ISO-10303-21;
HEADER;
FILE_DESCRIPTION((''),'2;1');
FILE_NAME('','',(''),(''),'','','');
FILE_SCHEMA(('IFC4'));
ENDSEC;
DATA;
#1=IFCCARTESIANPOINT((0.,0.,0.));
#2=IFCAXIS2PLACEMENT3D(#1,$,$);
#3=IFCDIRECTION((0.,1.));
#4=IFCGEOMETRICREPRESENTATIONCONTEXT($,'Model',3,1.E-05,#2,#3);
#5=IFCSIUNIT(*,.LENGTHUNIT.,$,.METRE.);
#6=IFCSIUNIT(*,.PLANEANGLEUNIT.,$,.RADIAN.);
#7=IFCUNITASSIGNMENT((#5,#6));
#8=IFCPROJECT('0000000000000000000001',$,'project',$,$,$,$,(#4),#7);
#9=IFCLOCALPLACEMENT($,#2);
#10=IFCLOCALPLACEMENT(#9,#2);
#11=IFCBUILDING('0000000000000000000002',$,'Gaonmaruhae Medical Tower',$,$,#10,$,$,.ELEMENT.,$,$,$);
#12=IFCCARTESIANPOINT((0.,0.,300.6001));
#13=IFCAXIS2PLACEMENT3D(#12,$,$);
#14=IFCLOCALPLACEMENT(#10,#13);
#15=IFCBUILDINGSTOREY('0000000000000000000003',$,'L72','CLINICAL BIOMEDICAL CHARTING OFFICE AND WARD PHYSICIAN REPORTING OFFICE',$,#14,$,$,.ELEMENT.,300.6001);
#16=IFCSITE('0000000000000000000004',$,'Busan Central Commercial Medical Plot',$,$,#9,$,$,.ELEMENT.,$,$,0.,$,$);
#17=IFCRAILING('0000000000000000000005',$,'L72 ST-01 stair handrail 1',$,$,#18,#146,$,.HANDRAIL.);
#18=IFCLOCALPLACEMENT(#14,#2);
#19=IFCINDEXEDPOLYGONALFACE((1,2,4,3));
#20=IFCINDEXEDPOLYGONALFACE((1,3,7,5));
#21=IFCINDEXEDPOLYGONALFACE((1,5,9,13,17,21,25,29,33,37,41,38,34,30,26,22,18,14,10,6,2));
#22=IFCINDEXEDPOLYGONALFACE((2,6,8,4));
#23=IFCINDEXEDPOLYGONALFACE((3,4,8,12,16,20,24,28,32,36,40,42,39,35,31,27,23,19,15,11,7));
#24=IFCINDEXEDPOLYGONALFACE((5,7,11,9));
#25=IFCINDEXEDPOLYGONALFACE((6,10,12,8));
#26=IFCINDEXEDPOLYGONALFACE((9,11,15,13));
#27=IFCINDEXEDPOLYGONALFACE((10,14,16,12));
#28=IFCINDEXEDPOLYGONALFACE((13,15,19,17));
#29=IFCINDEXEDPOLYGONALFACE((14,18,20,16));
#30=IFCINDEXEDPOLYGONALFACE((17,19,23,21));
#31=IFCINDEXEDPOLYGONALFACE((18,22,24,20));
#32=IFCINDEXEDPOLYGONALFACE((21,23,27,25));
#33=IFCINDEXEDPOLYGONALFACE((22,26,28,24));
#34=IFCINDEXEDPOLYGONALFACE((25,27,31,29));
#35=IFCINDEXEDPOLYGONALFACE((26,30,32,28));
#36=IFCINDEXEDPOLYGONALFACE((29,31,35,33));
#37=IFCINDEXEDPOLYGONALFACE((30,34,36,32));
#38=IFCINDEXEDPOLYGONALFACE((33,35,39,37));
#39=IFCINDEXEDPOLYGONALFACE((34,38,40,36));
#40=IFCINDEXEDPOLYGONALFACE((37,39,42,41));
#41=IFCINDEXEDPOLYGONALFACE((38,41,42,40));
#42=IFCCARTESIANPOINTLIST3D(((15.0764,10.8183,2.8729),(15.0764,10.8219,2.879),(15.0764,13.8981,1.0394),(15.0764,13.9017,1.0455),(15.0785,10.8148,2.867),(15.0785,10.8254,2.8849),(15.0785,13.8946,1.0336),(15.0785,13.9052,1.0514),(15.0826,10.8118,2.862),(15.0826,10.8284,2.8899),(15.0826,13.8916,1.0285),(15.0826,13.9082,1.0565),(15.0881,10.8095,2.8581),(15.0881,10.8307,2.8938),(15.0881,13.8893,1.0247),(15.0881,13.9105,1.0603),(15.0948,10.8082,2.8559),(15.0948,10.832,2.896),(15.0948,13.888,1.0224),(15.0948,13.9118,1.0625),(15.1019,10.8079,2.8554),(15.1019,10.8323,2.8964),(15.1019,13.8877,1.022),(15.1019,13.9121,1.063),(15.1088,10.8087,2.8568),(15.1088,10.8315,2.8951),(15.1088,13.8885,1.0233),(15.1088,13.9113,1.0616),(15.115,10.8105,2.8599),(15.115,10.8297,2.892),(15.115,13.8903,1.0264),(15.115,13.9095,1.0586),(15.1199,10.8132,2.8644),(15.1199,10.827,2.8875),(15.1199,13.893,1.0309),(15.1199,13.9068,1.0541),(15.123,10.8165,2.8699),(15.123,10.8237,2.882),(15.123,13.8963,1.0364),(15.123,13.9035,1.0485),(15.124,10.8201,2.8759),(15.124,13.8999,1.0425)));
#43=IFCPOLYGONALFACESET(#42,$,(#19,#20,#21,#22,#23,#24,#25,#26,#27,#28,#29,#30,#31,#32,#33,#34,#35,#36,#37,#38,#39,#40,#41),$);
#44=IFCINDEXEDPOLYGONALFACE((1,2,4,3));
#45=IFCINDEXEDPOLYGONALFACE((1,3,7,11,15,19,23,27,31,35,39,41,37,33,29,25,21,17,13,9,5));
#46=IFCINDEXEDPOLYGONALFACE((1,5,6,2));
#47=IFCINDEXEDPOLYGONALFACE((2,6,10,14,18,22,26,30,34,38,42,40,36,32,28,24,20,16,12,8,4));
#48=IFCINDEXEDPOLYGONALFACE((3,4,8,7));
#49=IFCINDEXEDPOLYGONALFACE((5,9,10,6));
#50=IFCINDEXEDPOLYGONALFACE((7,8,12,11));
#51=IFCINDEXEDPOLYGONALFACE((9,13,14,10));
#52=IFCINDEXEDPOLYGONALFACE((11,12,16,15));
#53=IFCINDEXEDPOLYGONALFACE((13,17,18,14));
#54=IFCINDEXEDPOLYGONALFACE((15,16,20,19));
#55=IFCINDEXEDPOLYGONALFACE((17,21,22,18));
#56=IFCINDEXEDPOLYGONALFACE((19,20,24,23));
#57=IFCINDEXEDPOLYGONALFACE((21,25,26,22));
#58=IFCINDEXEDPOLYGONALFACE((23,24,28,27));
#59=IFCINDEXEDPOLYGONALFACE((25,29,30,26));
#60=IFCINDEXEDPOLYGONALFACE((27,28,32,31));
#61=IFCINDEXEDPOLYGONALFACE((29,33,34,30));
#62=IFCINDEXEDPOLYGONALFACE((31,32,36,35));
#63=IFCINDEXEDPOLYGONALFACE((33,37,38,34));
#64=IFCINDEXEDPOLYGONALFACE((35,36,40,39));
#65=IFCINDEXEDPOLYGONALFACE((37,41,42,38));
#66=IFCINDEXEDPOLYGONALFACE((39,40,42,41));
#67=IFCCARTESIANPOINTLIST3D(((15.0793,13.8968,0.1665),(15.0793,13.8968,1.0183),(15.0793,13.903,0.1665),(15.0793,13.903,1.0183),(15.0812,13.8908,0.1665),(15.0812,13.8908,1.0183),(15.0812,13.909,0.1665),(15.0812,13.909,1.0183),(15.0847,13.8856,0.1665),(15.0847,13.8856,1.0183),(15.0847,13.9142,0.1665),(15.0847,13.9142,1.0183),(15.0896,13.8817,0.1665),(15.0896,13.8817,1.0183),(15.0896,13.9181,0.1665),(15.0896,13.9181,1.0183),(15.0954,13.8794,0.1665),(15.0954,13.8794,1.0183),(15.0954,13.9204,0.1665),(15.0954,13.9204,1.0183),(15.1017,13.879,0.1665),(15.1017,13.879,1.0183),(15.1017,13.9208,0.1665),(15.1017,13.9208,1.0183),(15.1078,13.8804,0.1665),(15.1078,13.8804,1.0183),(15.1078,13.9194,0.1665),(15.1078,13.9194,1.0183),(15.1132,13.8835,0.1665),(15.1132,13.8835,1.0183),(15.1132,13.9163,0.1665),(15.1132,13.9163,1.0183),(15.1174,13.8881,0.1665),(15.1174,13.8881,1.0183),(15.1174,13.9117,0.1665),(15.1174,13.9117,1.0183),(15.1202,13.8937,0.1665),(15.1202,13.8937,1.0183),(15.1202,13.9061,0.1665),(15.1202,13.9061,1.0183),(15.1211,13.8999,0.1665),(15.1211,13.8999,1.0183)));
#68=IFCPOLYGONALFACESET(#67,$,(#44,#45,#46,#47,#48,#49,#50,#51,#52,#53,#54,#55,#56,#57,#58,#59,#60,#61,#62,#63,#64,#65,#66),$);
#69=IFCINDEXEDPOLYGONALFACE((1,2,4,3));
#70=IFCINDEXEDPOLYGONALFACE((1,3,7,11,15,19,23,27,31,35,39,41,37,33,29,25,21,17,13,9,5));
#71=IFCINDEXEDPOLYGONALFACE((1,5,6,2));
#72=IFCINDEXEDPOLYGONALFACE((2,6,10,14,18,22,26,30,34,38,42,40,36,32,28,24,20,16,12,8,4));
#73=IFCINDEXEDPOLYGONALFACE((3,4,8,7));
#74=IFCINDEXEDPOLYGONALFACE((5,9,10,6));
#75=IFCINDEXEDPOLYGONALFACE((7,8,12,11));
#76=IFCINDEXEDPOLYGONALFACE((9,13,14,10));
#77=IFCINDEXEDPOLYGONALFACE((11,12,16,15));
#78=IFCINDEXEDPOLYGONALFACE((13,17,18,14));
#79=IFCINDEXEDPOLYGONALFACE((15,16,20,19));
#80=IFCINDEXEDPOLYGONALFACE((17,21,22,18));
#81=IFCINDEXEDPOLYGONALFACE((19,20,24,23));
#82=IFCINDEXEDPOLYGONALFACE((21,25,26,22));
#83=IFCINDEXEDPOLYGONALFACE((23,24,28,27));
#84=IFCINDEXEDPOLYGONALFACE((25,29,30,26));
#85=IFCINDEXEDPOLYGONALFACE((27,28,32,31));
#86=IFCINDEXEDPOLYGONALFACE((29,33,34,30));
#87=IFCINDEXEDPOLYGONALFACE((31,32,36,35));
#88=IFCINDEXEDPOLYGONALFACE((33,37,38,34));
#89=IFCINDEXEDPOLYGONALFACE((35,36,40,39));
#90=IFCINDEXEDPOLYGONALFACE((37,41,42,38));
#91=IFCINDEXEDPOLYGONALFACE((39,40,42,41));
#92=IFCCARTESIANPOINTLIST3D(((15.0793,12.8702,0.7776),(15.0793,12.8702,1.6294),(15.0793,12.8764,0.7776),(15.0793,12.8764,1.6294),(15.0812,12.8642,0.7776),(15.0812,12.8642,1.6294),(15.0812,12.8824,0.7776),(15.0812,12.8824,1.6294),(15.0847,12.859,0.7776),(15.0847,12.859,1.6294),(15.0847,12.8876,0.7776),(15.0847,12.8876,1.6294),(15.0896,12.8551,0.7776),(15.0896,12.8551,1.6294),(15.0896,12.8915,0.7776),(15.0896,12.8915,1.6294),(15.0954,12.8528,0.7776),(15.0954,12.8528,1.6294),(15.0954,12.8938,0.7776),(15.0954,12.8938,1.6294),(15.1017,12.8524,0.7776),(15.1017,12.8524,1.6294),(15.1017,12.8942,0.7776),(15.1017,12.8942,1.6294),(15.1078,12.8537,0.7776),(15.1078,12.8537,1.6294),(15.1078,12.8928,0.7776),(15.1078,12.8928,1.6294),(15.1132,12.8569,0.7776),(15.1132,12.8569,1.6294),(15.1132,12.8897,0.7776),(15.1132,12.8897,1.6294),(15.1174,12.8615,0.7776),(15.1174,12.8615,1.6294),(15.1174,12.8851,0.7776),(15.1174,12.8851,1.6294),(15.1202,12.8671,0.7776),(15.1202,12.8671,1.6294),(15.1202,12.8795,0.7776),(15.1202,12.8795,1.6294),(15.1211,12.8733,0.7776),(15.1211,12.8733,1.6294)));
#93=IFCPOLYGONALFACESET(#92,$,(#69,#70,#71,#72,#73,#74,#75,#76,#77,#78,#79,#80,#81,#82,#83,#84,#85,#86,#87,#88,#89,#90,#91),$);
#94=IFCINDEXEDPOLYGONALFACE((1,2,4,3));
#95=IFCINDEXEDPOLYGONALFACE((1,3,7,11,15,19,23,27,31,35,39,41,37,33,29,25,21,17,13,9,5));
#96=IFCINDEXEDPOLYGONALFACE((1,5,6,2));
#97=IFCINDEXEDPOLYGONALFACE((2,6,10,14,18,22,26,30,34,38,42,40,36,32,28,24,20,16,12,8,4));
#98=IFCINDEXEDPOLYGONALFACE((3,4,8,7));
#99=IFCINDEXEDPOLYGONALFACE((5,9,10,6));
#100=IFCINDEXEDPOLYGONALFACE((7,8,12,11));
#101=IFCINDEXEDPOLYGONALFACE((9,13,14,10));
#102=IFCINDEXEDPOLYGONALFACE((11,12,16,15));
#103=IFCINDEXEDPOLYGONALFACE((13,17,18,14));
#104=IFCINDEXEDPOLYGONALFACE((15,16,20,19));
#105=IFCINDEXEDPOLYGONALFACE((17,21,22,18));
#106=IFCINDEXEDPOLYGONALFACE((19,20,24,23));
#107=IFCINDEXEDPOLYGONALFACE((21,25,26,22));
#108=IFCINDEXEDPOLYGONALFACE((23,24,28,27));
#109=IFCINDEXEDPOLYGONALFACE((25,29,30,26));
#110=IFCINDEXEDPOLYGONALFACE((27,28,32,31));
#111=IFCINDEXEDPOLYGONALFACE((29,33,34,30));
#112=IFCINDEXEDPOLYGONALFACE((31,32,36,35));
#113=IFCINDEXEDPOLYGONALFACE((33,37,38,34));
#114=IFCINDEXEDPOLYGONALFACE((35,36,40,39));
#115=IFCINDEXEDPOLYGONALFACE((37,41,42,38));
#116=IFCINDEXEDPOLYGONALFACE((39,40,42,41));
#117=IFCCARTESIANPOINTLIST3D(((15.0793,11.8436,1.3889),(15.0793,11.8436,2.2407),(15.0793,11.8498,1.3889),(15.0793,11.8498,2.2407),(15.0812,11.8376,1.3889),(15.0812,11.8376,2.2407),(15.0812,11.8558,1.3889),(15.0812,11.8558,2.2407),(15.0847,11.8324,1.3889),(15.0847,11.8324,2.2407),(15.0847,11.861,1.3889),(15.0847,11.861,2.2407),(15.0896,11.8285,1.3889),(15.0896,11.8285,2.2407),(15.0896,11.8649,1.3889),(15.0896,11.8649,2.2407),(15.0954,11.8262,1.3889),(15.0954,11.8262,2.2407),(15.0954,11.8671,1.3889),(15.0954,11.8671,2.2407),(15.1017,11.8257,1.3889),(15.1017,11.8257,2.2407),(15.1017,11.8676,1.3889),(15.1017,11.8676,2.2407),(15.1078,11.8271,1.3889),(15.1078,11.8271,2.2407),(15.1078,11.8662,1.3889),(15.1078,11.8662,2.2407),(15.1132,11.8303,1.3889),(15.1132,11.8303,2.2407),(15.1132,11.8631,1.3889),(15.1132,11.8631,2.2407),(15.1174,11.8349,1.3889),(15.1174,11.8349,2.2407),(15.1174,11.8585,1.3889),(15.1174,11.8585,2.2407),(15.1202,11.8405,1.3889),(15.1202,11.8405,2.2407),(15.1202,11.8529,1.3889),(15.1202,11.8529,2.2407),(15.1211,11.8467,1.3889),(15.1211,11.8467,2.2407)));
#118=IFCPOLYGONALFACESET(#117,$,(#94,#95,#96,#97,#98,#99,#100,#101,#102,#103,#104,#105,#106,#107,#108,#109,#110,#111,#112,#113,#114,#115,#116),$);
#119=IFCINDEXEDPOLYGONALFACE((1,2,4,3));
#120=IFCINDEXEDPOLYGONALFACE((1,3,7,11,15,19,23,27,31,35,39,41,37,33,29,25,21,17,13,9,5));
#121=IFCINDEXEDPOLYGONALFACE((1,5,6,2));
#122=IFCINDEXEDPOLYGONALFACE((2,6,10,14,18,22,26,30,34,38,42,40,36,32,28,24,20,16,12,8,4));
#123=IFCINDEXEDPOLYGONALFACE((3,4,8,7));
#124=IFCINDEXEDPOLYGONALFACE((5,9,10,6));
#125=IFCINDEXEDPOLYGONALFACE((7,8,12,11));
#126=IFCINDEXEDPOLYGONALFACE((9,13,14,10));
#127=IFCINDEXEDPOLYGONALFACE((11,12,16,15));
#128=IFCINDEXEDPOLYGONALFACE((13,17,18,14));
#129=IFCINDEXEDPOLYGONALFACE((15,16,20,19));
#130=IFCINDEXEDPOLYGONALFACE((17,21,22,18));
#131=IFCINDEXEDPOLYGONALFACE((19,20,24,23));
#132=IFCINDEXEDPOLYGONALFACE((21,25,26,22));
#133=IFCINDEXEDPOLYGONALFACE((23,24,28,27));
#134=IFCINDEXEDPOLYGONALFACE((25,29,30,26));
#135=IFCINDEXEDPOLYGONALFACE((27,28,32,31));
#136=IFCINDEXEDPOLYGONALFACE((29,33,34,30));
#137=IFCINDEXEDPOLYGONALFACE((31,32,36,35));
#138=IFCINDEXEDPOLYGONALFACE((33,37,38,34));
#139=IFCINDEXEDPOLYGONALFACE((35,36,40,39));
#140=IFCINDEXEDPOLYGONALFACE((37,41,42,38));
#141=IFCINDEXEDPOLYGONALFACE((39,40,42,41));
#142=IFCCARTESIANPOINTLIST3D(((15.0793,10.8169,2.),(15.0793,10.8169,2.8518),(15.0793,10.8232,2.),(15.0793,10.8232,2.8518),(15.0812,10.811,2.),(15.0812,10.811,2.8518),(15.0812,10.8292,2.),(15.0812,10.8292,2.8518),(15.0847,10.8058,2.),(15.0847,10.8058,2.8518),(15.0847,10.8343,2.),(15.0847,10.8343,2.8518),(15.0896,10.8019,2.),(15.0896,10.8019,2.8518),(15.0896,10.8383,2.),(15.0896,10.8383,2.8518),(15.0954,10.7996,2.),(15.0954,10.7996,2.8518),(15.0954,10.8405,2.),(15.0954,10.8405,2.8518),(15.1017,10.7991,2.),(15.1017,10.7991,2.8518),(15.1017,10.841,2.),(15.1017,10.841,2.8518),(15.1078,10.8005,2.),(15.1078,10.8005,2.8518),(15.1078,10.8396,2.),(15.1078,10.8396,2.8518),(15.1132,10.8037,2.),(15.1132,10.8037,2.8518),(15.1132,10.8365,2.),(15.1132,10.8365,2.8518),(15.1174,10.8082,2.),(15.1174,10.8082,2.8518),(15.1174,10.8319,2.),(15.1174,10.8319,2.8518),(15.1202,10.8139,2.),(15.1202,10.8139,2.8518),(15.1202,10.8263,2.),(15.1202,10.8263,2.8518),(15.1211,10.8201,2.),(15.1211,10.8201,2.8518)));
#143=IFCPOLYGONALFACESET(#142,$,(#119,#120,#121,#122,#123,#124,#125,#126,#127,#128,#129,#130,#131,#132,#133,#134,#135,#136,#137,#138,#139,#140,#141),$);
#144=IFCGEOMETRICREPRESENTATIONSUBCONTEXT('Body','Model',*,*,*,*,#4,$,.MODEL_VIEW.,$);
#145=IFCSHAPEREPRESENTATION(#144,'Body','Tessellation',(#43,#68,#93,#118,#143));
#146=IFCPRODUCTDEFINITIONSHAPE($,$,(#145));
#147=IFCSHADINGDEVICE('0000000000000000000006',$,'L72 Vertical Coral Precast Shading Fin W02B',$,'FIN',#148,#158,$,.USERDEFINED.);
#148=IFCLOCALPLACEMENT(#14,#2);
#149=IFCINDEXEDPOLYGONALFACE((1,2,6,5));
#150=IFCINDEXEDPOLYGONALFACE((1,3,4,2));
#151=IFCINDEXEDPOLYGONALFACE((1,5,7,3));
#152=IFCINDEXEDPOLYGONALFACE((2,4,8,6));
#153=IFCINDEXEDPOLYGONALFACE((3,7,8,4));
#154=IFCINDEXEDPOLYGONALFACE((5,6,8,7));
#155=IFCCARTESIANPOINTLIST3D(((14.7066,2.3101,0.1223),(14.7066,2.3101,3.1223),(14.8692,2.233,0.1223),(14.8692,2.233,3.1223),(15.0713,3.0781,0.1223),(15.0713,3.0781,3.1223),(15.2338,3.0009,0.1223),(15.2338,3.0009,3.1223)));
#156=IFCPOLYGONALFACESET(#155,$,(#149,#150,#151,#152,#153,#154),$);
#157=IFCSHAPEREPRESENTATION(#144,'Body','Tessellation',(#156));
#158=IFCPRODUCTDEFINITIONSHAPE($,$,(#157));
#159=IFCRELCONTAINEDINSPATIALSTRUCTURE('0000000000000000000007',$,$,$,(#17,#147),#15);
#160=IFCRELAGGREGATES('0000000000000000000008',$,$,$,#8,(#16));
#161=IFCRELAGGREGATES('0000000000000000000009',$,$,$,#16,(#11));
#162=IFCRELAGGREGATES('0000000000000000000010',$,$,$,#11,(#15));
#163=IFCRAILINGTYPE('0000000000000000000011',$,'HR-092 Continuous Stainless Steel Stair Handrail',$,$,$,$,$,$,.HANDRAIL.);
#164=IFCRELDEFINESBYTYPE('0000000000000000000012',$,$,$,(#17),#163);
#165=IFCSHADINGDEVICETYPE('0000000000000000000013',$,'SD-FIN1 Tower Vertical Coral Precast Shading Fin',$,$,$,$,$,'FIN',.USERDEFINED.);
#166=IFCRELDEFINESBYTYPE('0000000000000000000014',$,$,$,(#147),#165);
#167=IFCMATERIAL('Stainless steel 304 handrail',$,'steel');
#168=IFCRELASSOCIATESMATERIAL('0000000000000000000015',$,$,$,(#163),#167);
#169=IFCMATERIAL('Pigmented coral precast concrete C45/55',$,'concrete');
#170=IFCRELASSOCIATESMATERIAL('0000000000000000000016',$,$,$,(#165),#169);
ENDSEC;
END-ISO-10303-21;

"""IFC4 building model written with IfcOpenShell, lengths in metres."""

from ifc_helpers import new_model, si_unit, direction, frame, origin, origin_2d, place, context, subcontext, project, spatial, rectangle, circle, extrude, material, type_object, element, save


model = new_model("IFC4")

# Units and contexts
model_context = context("Model", 3, precision=1e-05, world=origin(), true_north=direction((0.0, 1.0)))
body_context = subcontext(model_context, "Body", "Model", "MODEL_VIEW")
ifc_project = project(units=[si_unit("LENGTHUNIT", "METRE"), si_unit("PLANEANGLEUNIT", "RADIAN")], contexts=[model_context])

# Site, building, storey
site_placement = place(None, origin())
site = spatial("IfcSite", under=ifc_project, at=site_placement, Name="Busan Central Commercial Medical Plot", CompositionType="ELEMENT", RefElevation=0.0)
building_placement = place(site_placement, origin())
building = spatial("IfcBuilding", under=site, at=building_placement, Name="Gaonmaruhae Medical Tower", CompositionType="ELEMENT")
storey_placement = place(building_placement, frame((0.0, 0.0, 300.6001)))
storey = spatial("IfcBuildingStorey", under=building, at=storey_placement, Name="L72", Description="CLINICAL BIOMEDICAL CHARTING OFFICE AND WARD PHYSICIAN REPORTING OFFICE", CompositionType="ELEMENT", Elevation=300.6001)

# Railing
ifc_material_1 = material(Name="Stainless steel 304 handrail", Category="steel")
railing_type_1 = type_object("IfcRailingType", Name="HR-092 Continuous Stainless Steel Stair Handrail", PredefinedType="HANDRAIL", material=ifc_material_1)
railing_1_placement = place(storey_placement, frame((15.1001, 13.8999, 0.1665)))
element("IfcRailing", 1, at=railing_1_placement, inside=storey, type_object=railing_type_1, Name="L72 ST-01 stair handrail 1", PredefinedType="HANDRAIL", context=body_context, shape_type="SweptSolid", body=[
    extrude(circle(Radius=0.0239, at=origin_2d()), frame((0.0, 0.0, 0.876), z_axis=(0.0, -0.859261, 0.511538), x_axis=(1.0, 0.0, 0.0)), (0.0, 0.0, 1.0), 3.5842),
    extrude(circle(Radius=0.021, at=origin_2d()), origin(), (0.0, 0.0, 1.0), 0.8518),
    extrude(circle(Radius=0.021, at=origin_2d()), frame((0.0, -1.0266, 0.6111)), (0.0, 0.0, 1.0), 0.8518),
    extrude(circle(Radius=0.021, at=origin_2d()), frame((0.0, -2.0532, 1.2224)), (0.0, 0.0, 1.0), 0.8518),
    extrude(circle(Radius=0.021, at=origin_2d()), frame((0.0, -3.0798, 1.8335)), (0.0, 0.0, 1.0), 0.8518),
])

# Shading device
ifc_material_2 = material(Name="Pigmented coral precast concrete C45/55", Category="concrete")
shading_device_type = type_object("IfcShadingDeviceType", Name="SD-FIN1 Tower Vertical Coral Precast Shading Fin", ElementType="FIN", PredefinedType="USERDEFINED", material=ifc_material_2)
shading_device_placement = place(storey_placement, frame((14.9702, 2.6555, 0.1223), z_axis=(0.0, 0.0, 1.0), x_axis=(-0.903335, 0.428935, 0.0)))
element("IfcShadingDevice", 2, at=shading_device_placement, inside=storey, type_object=shading_device_type, Name="L72 Vertical Coral Precast Shading Fin W02B", ObjectType="FIN", PredefinedType="USERDEFINED", context=body_context, shape_type="SweptSolid", body=[
    extrude(rectangle(XDim=0.1799, YDim=0.8501, at=origin_2d()), origin(), (0.0, 0.0, 1.0), 3.0),
])

save(model, "model.ifc")
